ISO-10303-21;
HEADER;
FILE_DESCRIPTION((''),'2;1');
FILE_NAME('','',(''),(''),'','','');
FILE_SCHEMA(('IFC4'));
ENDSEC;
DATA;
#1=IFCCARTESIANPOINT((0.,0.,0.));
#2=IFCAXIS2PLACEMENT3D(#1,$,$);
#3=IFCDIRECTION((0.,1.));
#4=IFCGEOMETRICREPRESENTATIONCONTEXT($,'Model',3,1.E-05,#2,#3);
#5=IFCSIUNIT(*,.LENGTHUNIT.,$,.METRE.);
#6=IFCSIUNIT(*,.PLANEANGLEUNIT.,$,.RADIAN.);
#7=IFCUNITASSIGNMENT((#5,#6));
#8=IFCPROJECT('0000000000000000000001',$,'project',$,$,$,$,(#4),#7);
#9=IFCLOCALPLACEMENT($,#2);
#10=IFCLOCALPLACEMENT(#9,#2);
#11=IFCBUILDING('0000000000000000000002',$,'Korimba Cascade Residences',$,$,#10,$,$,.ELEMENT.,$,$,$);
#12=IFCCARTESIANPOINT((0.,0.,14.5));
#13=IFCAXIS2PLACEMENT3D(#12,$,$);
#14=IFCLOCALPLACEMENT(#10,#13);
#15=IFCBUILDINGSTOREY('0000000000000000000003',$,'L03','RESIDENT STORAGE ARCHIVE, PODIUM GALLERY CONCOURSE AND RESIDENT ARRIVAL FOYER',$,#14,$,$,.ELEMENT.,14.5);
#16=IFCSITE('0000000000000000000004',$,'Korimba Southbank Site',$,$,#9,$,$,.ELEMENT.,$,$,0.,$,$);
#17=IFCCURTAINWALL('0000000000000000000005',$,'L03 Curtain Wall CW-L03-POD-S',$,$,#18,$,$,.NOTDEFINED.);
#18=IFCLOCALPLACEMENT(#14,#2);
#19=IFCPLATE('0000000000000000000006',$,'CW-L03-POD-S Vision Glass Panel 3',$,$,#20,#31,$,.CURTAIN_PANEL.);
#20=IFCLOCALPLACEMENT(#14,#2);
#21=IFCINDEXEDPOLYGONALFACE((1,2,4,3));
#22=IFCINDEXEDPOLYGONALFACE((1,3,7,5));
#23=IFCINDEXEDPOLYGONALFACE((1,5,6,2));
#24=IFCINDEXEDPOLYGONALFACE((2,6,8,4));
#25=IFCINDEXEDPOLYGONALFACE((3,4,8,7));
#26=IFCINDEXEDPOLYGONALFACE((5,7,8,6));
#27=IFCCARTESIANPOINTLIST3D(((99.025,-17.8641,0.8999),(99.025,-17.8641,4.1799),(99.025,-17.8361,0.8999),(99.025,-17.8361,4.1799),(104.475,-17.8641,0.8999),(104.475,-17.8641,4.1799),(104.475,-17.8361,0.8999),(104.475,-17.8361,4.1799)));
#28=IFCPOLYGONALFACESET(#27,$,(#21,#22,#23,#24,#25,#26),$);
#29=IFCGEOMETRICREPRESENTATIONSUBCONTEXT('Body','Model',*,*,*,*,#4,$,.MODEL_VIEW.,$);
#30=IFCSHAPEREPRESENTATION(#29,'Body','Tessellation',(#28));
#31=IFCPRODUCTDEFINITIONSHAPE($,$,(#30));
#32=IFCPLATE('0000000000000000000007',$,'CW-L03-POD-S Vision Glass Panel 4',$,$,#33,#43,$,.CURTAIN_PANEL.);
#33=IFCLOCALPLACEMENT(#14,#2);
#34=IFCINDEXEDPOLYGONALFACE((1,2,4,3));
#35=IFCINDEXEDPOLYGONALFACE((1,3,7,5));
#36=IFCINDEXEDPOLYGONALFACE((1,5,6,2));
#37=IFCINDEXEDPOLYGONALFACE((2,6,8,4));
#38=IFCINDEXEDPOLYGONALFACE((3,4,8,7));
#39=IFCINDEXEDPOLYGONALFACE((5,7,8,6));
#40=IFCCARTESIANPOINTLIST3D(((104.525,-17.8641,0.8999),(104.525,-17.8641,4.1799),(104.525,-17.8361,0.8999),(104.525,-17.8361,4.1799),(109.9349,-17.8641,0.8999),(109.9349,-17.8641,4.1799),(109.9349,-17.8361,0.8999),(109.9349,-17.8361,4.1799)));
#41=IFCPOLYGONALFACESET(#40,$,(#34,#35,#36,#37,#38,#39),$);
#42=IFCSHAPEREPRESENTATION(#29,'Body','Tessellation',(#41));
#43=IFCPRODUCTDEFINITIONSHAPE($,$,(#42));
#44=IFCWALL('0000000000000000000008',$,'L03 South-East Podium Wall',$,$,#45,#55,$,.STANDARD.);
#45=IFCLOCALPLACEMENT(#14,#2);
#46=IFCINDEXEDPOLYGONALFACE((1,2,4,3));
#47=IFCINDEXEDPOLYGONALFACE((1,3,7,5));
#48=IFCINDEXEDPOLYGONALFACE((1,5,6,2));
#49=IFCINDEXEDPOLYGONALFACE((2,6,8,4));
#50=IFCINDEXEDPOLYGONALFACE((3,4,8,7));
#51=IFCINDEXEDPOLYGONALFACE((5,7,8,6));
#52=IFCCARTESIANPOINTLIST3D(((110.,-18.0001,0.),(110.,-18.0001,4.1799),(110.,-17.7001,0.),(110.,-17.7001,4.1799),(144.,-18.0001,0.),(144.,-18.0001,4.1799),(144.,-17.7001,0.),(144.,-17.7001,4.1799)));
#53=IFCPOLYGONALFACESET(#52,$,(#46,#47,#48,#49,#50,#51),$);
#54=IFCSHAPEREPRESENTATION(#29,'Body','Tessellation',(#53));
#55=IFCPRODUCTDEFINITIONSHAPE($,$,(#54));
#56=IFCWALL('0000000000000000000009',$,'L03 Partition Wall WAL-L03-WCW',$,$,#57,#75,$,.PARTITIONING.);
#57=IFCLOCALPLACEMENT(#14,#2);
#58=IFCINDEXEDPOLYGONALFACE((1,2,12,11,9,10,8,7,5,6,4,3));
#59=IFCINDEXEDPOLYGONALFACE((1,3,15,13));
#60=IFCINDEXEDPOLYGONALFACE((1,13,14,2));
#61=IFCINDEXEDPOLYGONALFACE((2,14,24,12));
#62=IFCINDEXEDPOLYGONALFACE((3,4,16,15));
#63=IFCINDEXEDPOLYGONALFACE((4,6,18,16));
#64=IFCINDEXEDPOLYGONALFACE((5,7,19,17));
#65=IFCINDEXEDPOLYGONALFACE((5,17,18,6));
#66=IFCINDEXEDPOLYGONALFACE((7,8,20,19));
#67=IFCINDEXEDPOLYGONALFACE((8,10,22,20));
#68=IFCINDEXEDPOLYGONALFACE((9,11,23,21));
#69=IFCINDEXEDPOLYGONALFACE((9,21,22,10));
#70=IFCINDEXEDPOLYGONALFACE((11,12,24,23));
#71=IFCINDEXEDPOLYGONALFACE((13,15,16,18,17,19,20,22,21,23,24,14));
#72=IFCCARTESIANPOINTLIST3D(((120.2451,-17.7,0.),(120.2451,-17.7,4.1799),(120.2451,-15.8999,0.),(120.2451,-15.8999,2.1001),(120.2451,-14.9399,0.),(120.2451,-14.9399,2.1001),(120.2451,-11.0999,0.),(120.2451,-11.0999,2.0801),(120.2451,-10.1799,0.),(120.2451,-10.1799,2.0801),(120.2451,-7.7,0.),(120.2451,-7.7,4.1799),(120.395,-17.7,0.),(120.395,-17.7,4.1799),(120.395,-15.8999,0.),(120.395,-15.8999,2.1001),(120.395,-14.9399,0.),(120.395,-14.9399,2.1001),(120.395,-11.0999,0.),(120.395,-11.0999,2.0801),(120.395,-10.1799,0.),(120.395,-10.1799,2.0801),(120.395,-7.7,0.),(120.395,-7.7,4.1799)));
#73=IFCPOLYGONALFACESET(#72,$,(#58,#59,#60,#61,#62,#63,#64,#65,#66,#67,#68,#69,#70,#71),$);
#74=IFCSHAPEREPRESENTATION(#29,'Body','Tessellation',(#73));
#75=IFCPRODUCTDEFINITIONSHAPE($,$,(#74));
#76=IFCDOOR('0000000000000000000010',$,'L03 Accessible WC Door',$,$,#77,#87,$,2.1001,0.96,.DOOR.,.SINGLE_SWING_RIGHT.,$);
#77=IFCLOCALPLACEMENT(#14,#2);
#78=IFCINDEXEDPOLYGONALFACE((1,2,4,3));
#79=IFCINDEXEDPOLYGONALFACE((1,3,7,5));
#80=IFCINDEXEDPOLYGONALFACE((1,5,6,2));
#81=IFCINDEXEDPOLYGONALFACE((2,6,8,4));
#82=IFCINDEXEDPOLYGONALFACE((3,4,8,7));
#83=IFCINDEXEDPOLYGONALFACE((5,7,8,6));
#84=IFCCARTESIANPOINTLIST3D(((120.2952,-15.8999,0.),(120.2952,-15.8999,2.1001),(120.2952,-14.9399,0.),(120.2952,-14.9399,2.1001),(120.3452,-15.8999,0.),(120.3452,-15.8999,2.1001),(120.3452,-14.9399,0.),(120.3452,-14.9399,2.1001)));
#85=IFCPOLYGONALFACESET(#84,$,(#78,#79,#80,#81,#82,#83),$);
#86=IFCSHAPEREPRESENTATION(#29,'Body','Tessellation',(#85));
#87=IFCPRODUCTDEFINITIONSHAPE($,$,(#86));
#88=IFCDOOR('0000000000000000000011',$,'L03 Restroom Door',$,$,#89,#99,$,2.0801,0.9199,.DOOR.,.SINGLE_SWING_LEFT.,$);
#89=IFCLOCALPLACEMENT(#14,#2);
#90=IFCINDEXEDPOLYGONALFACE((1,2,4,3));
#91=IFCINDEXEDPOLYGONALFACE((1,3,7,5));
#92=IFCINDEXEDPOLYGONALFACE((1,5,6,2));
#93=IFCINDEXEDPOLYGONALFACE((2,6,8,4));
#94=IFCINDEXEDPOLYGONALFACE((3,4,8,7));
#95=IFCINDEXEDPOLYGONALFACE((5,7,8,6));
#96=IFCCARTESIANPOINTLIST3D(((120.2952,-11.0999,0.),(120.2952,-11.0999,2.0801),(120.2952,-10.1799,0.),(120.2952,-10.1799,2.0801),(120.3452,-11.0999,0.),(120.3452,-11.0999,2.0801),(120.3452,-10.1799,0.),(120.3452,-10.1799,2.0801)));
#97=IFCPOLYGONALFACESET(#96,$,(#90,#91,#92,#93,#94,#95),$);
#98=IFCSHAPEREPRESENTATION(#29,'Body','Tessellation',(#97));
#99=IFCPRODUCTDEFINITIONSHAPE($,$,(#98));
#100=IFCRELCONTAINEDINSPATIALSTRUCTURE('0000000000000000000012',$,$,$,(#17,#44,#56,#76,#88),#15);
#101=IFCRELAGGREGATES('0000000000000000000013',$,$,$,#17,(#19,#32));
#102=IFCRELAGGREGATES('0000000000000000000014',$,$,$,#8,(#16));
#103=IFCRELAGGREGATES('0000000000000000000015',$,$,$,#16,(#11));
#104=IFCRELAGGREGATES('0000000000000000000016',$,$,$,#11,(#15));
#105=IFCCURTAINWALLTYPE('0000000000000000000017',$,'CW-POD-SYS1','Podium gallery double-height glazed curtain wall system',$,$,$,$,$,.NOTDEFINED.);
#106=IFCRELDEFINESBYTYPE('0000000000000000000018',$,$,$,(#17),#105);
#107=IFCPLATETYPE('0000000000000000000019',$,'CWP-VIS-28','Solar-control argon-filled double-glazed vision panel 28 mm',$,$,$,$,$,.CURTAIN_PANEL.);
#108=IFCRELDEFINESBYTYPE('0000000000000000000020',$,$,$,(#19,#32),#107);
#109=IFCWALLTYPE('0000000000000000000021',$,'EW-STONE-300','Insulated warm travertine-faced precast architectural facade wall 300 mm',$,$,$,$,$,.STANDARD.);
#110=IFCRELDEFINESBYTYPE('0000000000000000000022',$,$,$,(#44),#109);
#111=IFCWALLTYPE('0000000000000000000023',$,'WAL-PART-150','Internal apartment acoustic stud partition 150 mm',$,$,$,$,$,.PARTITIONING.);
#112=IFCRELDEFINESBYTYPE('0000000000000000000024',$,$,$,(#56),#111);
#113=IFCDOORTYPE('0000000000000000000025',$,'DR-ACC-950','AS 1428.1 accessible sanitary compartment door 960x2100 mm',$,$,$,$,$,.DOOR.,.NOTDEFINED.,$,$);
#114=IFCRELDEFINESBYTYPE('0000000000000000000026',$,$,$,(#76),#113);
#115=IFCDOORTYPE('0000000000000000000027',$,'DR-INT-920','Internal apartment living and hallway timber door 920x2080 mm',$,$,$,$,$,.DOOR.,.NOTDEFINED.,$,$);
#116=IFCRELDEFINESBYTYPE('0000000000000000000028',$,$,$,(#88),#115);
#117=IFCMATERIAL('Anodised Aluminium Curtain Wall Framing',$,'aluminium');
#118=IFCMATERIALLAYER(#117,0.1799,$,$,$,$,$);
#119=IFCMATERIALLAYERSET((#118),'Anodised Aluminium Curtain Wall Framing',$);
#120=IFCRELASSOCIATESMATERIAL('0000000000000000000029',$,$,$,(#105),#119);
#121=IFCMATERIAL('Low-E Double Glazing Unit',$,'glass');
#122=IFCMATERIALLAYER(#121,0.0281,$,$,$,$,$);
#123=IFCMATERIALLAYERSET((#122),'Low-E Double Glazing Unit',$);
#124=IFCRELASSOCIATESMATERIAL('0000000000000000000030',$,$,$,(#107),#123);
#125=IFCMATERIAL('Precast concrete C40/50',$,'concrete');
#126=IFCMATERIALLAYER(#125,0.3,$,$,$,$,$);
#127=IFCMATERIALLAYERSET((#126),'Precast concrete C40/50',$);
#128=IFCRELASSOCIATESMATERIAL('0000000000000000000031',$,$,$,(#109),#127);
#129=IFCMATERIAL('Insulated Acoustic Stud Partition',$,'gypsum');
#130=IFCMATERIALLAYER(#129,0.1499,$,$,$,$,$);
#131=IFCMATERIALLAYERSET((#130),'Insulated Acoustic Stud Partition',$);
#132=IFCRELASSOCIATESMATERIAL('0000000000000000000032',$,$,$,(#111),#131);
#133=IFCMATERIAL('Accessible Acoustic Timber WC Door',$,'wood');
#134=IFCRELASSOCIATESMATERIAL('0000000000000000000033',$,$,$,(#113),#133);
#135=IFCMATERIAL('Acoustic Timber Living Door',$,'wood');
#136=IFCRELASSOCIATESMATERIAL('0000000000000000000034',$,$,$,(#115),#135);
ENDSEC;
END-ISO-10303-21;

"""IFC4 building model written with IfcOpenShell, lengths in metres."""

from ifc_helpers import new_model, si_unit, direction, frame, frame_2d, origin, origin_2d, place, context, subcontext, project, spatial, rectangle, extrude, material, layer, layer_set, type_object, element, fill, aggregate, save


model = new_model("IFC4")

# Units and contexts
model_context = context("Model", 3, precision=1e-05, world=origin(), true_north=direction((0.0, 1.0)))
body_context = subcontext(model_context, "Body", "Model", "MODEL_VIEW")
ifc_project = project(units=[si_unit("LENGTHUNIT", "METRE"), si_unit("PLANEANGLEUNIT", "RADIAN")], contexts=[model_context])

# Site, building, storey
site_placement = place(None, origin())
site = spatial("IfcSite", under=ifc_project, at=site_placement, Name="Korimba Southbank Site", CompositionType="ELEMENT", RefElevation=0.0)
building_placement = place(site_placement, origin())
building = spatial("IfcBuilding", under=site, at=building_placement, Name="Korimba Cascade Residences", CompositionType="ELEMENT")
storey_placement = place(building_placement, frame((0.0, 0.0, 14.5)))
storey = spatial("IfcBuildingStorey", under=building, at=storey_placement, Name="L03", Description="RESIDENT STORAGE ARCHIVE, PODIUM GALLERY CONCOURSE AND RESIDENT ARRIVAL FOYER", CompositionType="ELEMENT", Elevation=14.5)

# Curtain wall, plates
ifc_material_1 = material(Name="Anodised Aluminium Curtain Wall Framing", Category="aluminium")
ifc_layer_1 = layer(ifc_material_1, 0.1799)
ifc_layer_set_1 = layer_set([ifc_layer_1], Name="Anodised Aluminium Curtain Wall Framing")
curtain_wall_type = type_object("IfcCurtainWallType", Name="CW-POD-SYS1", Description="Podium gallery double-height glazed curtain wall system", PredefinedType="NOTDEFINED", material=ifc_layer_set_1)
curtain_wall_placement = place(storey_placement, origin())
curtain_wall = element("IfcCurtainWall", 1, at=curtain_wall_placement, inside=storey, type_object=curtain_wall_type, Name="L03 Curtain Wall CW-L03-POD-S", PredefinedType="NOTDEFINED")
ifc_material_2 = material(Name="Low-E Double Glazing Unit", Category="glass")
ifc_layer_2 = layer(ifc_material_2, 0.0281)
ifc_layer_set_2 = layer_set([ifc_layer_2], Name="Low-E Double Glazing Unit")
plate_type_1 = type_object("IfcPlateType", Name="CWP-VIS-28", Description="Solar-control argon-filled double-glazed vision panel 28 mm", PredefinedType="CURTAIN_PANEL", material=ifc_layer_set_2)
plate_1_placement = place(storey_placement, frame((101.75, -17.8501, 0.8999), z_axis=(0.0, 0.0, 1.0), x_axis=(1.0, 0.0, 0.0)))
plate_1 = element("IfcPlate", 2, at=plate_1_placement, type_object=plate_type_1, Name="CW-L03-POD-S Vision Glass Panel 3", PredefinedType="CURTAIN_PANEL", context=body_context, shape_type="SweptSolid", body=[
    extrude(rectangle(XDim=5.45, YDim=0.0281, at=origin_2d()), origin(), (0.0, 0.0, 1.0), 3.28),
])
plate_2_placement = place(storey_placement, frame((107.23, -17.8501, 0.8999), z_axis=(0.0, 0.0, 1.0), x_axis=(1.0, 0.0, 0.0)))
plate_2 = element("IfcPlate", 3, at=plate_2_placement, type_object=plate_type_1, Name="CW-L03-POD-S Vision Glass Panel 4", PredefinedType="CURTAIN_PANEL", context=body_context, shape_type="SweptSolid", body=[
    extrude(rectangle(XDim=5.4099, YDim=0.0281, at=origin_2d()), origin(), (0.0, 0.0, 1.0), 3.28),
])
aggregate(curtain_wall, [plate_1, plate_2])

# Wall
ifc_material_3 = material(Name="Precast concrete C40/50", Category="concrete")
ifc_layer_3 = layer(ifc_material_3, 0.3)
ifc_layer_set_3 = layer_set([ifc_layer_3], Name="Precast concrete C40/50")
wall_type_1 = type_object("IfcWallType", Name="EW-STONE-300", Description="Insulated warm travertine-faced precast architectural facade wall 300 mm", PredefinedType="STANDARD", material=ifc_layer_set_3)
wall_1_placement = place(storey_placement, frame((110.0, -17.8501, 0.0), z_axis=(0.0, 0.0, 1.0), x_axis=(1.0, 0.0, 0.0)))
element("IfcWall", 4, at=wall_1_placement, inside=storey, type_object=wall_type_1, Name="L03 South-East Podium Wall", PredefinedType="STANDARD", context=body_context, shape_type="SweptSolid", body=[
    extrude(rectangle(XDim=34.0, YDim=0.3, at=frame_2d((17.0, 0.0))), origin(), (0.0, 0.0, 1.0), 4.1799),
])

# Wall, openings, doors
ifc_material_4 = material(Name="Insulated Acoustic Stud Partition", Category="gypsum")
ifc_layer_4 = layer(ifc_material_4, 0.1499)
ifc_layer_set_4 = layer_set([ifc_layer_4], Name="Insulated Acoustic Stud Partition")
wall_type_2 = type_object("IfcWallType", Name="WAL-PART-150", Description="Internal apartment acoustic stud partition 150 mm", PredefinedType="PARTITIONING", material=ifc_layer_set_4)
wall_2_placement = place(storey_placement, frame((120.3201, -17.7, 0.0), z_axis=(0.0, 0.0, 1.0), x_axis=(0.0, 1.0, 0.0)))
wall_2 = element("IfcWall", 5, at=wall_2_placement, inside=storey, type_object=wall_type_2, Name="L03 Partition Wall WAL-L03-WCW", PredefinedType="PARTITIONING", context=body_context, shape_type="SweptSolid", body=[
    extrude(rectangle(XDim=10.0, YDim=0.1499, at=frame_2d((5.0, 0.0))), origin(), (0.0, 0.0, 1.0), 4.1799),
])
opening_1_placement = place(wall_2_placement, frame((1.8, 0.0, 0.0)))
opening_1 = element("IfcOpeningElement", 6, at=opening_1_placement, cuts=wall_2, PredefinedType="OPENING", context=body_context, shape_type="SweptSolid", body=[
    extrude(rectangle(XDim=0.96, YDim=2.1001, at=frame_2d((0.48, 1.05))), frame((0.0, 0.085, 0.0), z_axis=(0.0, -1.0, 0.0), x_axis=(1.0, 0.0, 0.0)), (0.0, 0.0, 1.0), 0.1699),
])
opening_2_placement = place(wall_2_placement, frame((6.6001, 0.0, 0.0)))
opening_2 = element("IfcOpeningElement", 7, at=opening_2_placement, cuts=wall_2, PredefinedType="OPENING", context=body_context, shape_type="SweptSolid", body=[
    extrude(rectangle(XDim=0.9199, YDim=2.0801, at=frame_2d((0.46, 1.04))), frame((0.0, 0.085, 0.0), z_axis=(0.0, -1.0, 0.0), x_axis=(1.0, 0.0, 0.0)), (0.0, 0.0, 1.0), 0.1699),
])
ifc_material_5 = material(Name="Accessible Acoustic Timber WC Door", Category="wood")
door_type_1 = type_object("IfcDoorType", Name="DR-ACC-950", Description="AS 1428.1 accessible sanitary compartment door 960x2100 mm", OperationType="NOTDEFINED", PredefinedType="DOOR", material=ifc_material_5)
door_1_placement = place(opening_1_placement, origin())
door_1 = element("IfcDoor", 8, at=door_1_placement, inside=storey, type_object=door_type_1, Name="L03 Accessible WC Door", OperationType="SINGLE_SWING_RIGHT", OverallHeight=2.1001, OverallWidth=0.96, PredefinedType="DOOR", context=body_context, shape_type="SweptSolid", body=[
    extrude(rectangle(XDim=0.96, YDim=2.1001, at=frame_2d((0.48, 1.05))), frame((0.0, 0.0249, 0.0), z_axis=(0.0, -1.0, 0.0), x_axis=(1.0, 0.0, 0.0)), (0.0, 0.0, 1.0), 0.05),
])
fill(opening_1, door_1)
ifc_material_6 = material(Name="Acoustic Timber Living Door", Category="wood")
door_type_2 = type_object("IfcDoorType", Name="DR-INT-920", Description="Internal apartment living and hallway timber door 920x2080 mm", OperationType="NOTDEFINED", PredefinedType="DOOR", material=ifc_material_6)
door_2_placement = place(opening_2_placement, origin())
door_2 = element("IfcDoor", 9, at=door_2_placement, inside=storey, type_object=door_type_2, Name="L03 Restroom Door", OperationType="SINGLE_SWING_LEFT", OverallHeight=2.0801, OverallWidth=0.9199, PredefinedType="DOOR", context=body_context, shape_type="SweptSolid", body=[
    extrude(rectangle(XDim=0.9199, YDim=2.0801, at=frame_2d((0.46, 1.04))), frame((0.0, 0.0249, 0.0), z_axis=(0.0, -1.0, 0.0), x_axis=(1.0, 0.0, 0.0)), (0.0, 0.0, 1.0), 0.05),
])
fill(opening_2, door_2)

save(model, "model.ifc")
